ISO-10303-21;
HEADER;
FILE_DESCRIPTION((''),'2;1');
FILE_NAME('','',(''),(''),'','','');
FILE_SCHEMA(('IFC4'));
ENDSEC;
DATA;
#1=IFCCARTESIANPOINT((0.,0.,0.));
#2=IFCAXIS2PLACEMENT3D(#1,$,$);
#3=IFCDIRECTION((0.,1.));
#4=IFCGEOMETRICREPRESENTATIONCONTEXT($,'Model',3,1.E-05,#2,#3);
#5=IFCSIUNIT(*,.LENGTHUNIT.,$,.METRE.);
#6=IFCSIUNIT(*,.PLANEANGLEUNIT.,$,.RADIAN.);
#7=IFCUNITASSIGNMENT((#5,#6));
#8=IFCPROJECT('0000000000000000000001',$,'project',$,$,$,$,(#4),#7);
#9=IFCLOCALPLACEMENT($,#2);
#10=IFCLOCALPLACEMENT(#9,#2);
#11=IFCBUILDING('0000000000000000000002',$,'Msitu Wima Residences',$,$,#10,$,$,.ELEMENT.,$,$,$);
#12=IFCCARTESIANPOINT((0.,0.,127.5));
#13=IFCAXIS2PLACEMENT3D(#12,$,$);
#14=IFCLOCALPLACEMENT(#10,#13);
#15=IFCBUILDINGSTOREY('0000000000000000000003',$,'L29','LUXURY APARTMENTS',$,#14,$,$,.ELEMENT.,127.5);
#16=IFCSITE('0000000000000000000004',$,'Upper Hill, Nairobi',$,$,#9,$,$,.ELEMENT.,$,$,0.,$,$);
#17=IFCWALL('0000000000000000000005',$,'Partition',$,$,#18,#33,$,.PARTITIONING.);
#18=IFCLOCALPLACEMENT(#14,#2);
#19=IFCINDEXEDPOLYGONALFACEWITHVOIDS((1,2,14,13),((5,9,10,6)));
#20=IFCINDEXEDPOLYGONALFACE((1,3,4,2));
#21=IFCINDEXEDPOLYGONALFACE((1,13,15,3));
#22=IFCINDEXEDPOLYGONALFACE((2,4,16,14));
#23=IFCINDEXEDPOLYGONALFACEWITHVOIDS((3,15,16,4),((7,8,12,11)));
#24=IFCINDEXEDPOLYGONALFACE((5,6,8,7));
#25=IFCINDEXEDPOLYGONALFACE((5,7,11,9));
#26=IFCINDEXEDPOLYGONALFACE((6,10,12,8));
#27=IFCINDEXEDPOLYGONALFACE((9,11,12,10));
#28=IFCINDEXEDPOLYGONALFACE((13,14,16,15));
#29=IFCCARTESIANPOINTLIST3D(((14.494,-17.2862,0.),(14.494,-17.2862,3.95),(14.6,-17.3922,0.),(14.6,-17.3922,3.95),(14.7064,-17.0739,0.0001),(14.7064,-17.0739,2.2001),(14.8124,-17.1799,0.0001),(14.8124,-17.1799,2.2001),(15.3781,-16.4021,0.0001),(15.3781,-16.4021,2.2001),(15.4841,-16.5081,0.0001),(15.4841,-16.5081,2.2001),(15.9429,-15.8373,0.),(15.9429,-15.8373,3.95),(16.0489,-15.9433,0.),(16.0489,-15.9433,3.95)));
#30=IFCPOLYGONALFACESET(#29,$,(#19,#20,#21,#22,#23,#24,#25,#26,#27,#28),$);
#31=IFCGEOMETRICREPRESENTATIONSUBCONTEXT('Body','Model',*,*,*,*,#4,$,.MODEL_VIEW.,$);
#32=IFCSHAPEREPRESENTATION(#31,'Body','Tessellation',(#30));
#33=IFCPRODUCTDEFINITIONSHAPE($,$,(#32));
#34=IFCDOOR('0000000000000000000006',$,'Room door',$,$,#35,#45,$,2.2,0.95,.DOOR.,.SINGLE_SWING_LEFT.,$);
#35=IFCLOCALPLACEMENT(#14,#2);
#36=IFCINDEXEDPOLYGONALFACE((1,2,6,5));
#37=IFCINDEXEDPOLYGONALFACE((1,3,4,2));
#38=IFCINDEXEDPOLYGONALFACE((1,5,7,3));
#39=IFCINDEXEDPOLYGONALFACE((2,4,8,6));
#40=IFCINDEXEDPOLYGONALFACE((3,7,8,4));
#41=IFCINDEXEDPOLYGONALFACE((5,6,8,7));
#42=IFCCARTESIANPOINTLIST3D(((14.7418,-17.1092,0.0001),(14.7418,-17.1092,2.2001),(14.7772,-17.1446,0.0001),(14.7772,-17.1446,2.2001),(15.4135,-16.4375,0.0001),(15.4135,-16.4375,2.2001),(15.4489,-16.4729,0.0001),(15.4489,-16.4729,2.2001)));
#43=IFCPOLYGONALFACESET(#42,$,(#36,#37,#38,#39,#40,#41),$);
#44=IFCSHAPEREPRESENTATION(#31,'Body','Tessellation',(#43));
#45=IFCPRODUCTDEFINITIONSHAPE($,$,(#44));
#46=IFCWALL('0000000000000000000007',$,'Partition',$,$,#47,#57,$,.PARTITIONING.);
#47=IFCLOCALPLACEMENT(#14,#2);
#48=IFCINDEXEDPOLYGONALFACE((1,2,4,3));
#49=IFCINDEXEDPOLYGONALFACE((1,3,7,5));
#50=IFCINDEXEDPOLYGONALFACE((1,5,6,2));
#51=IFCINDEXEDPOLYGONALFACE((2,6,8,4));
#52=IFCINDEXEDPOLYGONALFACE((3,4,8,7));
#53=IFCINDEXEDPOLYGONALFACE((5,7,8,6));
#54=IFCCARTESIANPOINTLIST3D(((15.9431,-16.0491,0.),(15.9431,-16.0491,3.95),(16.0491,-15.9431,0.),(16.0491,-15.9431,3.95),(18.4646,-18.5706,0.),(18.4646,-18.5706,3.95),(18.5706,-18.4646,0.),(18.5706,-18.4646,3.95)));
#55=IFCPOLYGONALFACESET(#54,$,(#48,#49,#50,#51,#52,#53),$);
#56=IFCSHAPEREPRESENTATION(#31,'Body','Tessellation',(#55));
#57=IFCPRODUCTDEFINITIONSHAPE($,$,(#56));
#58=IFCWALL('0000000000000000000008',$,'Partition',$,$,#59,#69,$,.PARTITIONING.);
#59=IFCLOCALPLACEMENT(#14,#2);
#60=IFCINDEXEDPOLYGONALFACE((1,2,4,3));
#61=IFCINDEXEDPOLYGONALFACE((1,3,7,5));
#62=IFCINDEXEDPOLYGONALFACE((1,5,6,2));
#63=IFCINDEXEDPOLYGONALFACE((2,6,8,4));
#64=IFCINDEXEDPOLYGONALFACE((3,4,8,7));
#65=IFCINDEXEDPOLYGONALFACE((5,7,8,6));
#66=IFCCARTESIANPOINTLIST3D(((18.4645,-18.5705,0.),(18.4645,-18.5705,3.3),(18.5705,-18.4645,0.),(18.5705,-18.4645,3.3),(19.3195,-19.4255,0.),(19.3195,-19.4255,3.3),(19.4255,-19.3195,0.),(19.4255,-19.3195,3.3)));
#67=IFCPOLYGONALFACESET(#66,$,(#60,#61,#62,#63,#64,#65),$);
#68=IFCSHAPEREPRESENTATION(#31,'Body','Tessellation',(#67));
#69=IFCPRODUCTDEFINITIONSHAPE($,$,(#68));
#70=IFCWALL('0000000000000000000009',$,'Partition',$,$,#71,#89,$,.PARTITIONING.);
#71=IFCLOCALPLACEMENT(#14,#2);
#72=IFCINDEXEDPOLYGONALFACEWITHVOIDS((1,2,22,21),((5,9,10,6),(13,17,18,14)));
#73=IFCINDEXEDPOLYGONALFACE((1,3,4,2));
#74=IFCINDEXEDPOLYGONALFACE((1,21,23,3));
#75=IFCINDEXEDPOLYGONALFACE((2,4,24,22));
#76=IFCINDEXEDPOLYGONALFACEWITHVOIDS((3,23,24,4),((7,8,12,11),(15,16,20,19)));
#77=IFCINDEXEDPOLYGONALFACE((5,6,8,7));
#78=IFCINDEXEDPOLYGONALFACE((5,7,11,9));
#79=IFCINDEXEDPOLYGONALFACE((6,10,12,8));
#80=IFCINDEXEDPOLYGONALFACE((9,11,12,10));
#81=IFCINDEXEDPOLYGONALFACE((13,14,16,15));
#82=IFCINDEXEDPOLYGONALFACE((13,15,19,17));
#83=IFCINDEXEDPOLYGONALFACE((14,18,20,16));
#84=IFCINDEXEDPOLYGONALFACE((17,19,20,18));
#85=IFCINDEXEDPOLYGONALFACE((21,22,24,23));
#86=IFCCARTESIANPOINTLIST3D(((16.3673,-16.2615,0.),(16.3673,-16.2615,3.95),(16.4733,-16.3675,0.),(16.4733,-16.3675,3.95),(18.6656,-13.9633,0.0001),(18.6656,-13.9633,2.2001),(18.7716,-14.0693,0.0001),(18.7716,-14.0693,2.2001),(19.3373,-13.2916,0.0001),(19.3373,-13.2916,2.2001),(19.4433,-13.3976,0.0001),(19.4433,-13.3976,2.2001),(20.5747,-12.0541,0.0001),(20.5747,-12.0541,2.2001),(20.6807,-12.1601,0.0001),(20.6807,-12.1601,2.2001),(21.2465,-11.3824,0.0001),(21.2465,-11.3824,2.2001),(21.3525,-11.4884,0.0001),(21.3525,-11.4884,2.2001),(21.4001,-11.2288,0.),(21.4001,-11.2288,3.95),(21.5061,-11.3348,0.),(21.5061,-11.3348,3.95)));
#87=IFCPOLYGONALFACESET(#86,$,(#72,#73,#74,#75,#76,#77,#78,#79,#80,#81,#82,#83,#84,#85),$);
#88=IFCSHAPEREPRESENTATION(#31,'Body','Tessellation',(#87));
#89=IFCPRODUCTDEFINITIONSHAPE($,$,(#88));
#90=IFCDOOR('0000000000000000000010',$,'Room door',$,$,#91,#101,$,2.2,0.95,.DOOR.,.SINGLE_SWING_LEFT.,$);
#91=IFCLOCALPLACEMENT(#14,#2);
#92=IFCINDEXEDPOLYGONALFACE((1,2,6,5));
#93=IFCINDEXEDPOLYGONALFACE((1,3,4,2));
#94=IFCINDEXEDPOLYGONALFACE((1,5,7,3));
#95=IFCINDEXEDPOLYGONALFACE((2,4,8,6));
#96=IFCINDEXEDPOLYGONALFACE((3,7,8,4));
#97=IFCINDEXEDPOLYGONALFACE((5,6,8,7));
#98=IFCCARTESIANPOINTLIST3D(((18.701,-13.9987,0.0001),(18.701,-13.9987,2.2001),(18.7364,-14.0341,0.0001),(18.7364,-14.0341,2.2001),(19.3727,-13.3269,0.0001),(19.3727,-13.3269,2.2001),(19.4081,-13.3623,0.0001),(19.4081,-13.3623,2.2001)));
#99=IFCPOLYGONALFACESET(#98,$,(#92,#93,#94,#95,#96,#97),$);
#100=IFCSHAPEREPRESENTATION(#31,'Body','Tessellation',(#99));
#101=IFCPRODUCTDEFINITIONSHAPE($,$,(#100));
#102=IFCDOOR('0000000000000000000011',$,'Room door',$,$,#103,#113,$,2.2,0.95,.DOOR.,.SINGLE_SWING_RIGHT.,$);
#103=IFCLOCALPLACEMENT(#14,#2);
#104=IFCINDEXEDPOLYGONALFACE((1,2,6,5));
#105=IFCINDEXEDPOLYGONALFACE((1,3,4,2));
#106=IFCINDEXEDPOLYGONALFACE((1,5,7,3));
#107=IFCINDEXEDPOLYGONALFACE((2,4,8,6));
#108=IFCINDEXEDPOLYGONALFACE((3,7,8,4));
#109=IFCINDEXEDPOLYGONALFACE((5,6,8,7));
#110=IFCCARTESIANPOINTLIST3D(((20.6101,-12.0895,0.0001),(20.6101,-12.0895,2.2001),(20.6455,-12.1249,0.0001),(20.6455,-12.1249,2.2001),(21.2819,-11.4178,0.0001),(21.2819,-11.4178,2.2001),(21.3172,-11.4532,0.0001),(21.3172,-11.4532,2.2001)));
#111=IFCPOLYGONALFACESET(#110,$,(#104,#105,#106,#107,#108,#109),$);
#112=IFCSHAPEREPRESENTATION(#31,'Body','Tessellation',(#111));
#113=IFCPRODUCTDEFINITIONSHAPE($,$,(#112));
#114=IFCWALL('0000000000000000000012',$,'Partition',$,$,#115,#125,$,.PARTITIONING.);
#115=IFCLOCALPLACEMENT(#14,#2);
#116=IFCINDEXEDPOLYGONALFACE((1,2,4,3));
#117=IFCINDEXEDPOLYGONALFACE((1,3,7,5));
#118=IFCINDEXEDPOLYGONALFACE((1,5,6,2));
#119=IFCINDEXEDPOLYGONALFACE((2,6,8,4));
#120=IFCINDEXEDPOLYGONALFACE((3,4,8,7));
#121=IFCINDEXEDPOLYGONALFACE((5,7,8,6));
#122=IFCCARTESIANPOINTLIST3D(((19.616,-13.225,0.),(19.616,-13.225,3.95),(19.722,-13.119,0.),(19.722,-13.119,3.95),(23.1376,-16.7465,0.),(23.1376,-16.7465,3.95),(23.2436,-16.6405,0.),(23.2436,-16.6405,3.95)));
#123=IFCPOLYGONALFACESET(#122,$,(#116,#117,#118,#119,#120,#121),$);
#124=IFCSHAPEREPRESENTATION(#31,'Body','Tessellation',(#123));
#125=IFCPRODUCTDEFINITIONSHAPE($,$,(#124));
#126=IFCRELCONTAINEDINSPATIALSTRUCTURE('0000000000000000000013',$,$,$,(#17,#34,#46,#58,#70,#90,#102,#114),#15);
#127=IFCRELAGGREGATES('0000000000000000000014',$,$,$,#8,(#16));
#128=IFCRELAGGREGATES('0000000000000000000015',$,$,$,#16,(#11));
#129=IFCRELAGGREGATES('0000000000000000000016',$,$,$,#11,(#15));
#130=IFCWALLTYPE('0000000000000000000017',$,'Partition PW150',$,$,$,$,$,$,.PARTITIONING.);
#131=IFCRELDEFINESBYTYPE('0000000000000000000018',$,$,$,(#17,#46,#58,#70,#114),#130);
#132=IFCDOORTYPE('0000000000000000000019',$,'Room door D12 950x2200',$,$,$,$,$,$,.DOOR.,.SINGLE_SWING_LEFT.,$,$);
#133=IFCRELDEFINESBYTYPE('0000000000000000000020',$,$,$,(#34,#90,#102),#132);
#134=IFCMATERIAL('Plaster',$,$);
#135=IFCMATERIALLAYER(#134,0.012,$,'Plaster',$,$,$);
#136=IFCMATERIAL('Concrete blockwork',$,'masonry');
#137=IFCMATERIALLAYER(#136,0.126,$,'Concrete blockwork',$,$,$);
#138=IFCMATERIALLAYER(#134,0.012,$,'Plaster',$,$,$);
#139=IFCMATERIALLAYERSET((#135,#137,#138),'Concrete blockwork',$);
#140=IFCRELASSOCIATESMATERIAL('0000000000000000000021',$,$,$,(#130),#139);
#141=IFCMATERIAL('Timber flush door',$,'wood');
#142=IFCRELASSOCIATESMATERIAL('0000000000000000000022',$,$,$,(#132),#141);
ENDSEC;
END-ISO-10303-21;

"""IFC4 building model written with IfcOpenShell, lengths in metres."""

from ifc_helpers import new_model, si_unit, direction, frame, frame_2d, origin, place, context, subcontext, project, spatial, rectangle, extrude, material, layer, layer_set, type_object, element, fill, save


model = new_model("IFC4")

# Units and contexts
model_context = context("Model", 3, precision=1e-05, world=origin(), true_north=direction((0.0, 1.0)))
body_context = subcontext(model_context, "Body", "Model", "MODEL_VIEW")
ifc_project = project(units=[si_unit("LENGTHUNIT", "METRE"), si_unit("PLANEANGLEUNIT", "RADIAN")], contexts=[model_context])

# Site, building, storey
site_placement = place(None, origin())
site = spatial("IfcSite", under=ifc_project, at=site_placement, Name="Upper Hill, Nairobi", CompositionType="ELEMENT", RefElevation=0.0)
building_placement = place(site_placement, origin())
building = spatial("IfcBuilding", under=site, at=building_placement, Name="Msitu Wima Residences", CompositionType="ELEMENT")
storey_placement = place(building_placement, frame((0.0, 0.0, 127.5)))
storey = spatial("IfcBuildingStorey", under=building, at=storey_placement, Name="L29", Description="LUXURY APARTMENTS", CompositionType="ELEMENT", Elevation=127.5)

# Wall, opening, door
ifc_material_1 = material(Name="Plaster")
ifc_material_2 = material(Name="Concrete blockwork", Category="masonry")
ifc_layer_1 = layer(ifc_material_1, 0.012, Name="Plaster")
ifc_layer_2 = layer(ifc_material_2, 0.126, Name="Concrete blockwork")
ifc_layer_3 = layer(ifc_material_1, 0.012, Name="Plaster")
ifc_layer_set_1 = layer_set([ifc_layer_1, ifc_layer_2, ifc_layer_3], Name="Concrete blockwork")
wall_type_1 = type_object("IfcWallType", Name="Partition PW150", PredefinedType="PARTITIONING", material=ifc_layer_set_1)
wall_1_placement = place(storey_placement, frame((14.5471, -17.3391, 0.0), z_axis=(0.0, 0.0, 1.0), x_axis=(0.707107, 0.707107, 0.0)))
wall_1 = element("IfcWall", 1, at=wall_1_placement, inside=storey, type_object=wall_type_1, Name="Partition", PredefinedType="PARTITIONING", context=body_context, shape_type="SweptSolid", body=[
    extrude(rectangle(XDim=2.0491, YDim=0.1499, at=frame_2d((1.0244, 0.0))), origin(), (0.0, 0.0, 1.0), 3.95),
])
opening_1_placement = place(wall_1_placement, frame((0.3, 0.0, 0.0)))
opening_1 = element("IfcOpeningElement", 2, at=opening_1_placement, cuts=wall_1, PredefinedType="OPENING", context=body_context, shape_type="SweptSolid", body=[
    extrude(rectangle(XDim=0.95, YDim=2.2, at=frame_2d((0.4751, 1.1001))), frame((0.0, 0.085, 0.0), z_axis=(0.0, -1.0, 0.0), x_axis=(1.0, 0.0, 0.0)), (0.0, 0.0, 1.0), 0.1699),
])
ifc_material_3 = material(Name="Timber flush door", Category="wood")
door_type_1 = type_object("IfcDoorType", Name="Room door D12 950x2200", OperationType="SINGLE_SWING_LEFT", PredefinedType="DOOR", material=ifc_material_3)
door_1_placement = place(opening_1_placement, origin())
door_1 = element("IfcDoor", 3, at=door_1_placement, inside=storey, type_object=door_type_1, Name="Room door", OperationType="SINGLE_SWING_LEFT", OverallHeight=2.2, OverallWidth=0.95, PredefinedType="DOOR", context=body_context, shape_type="SweptSolid", body=[
    extrude(rectangle(XDim=0.95, YDim=2.2, at=frame_2d((0.4751, 1.1001))), frame((0.0, 0.0249, 0.0), z_axis=(0.0, -1.0, 0.0), x_axis=(1.0, 0.0, 0.0)), (0.0, 0.0, 1.0), 0.05),
])
fill(opening_1, door_1)

# Walls
wall_2_placement = place(storey_placement, frame((15.9961, -15.9961, 0.0), z_axis=(0.0, 0.0, 1.0), x_axis=(0.707107, -0.707107, 0.0)))
element("IfcWall", 4, at=wall_2_placement, inside=storey, type_object=wall_type_1, Name="Partition", PredefinedType="PARTITIONING", context=body_context, shape_type="SweptSolid", body=[
    extrude(rectangle(XDim=3.5659, YDim=0.1499, at=frame_2d((1.783, 0.0))), origin(), (0.0, 0.0, 1.0), 3.95),
])
wall_3_placement = place(storey_placement, frame((18.5176, -18.5176, 0.0), z_axis=(0.0, 0.0, 1.0), x_axis=(0.707107, -0.707107, 0.0)))
element("IfcWall", 5, at=wall_3_placement, inside=storey, type_object=wall_type_1, Name="Partition", PredefinedType="PARTITIONING", context=body_context, shape_type="SweptSolid", body=[
    extrude(rectangle(XDim=1.2092, YDim=0.1499, at=frame_2d((0.6045, 0.0))), origin(), (0.0, 0.0, 1.0), 3.3),
])

# Wall, openings, doors
wall_4_placement = place(storey_placement, frame((16.4204, -16.3145, 0.0), z_axis=(0.0, 0.0, 1.0), x_axis=(0.707107, 0.707107, 0.0)))
wall_4 = element("IfcWall", 6, at=wall_4_placement, inside=storey, type_object=wall_type_1, Name="Partition", PredefinedType="PARTITIONING", context=body_context, shape_type="SweptSolid", body=[
    extrude(rectangle(XDim=7.1174, YDim=0.1499, at=frame_2d((3.5586, 0.0))), origin(), (0.0, 0.0, 1.0), 3.95),
])
opening_2_placement = place(wall_4_placement, frame((3.25, 0.0, 0.0)))
opening_2 = element("IfcOpeningElement", 7, at=opening_2_placement, cuts=wall_4, PredefinedType="OPENING", context=body_context, shape_type="SweptSolid", body=[
    extrude(rectangle(XDim=0.95, YDim=2.2, at=frame_2d((0.4751, 1.1001))), frame((0.0, 0.085, 0.0), z_axis=(0.0, -1.0, 0.0), x_axis=(1.0, 0.0, 0.0)), (0.0, 0.0, 1.0), 0.1699),
])
opening_3_placement = place(wall_4_placement, frame((5.95, 0.0, 0.0)))
opening_3 = element("IfcOpeningElement", 8, at=opening_3_placement, cuts=wall_4, PredefinedType="OPENING", context=body_context, shape_type="SweptSolid", body=[
    extrude(rectangle(XDim=0.95, YDim=2.2, at=frame_2d((0.4751, 1.1001))), frame((0.0, 0.085, 0.0), z_axis=(0.0, -1.0, 0.0), x_axis=(1.0, 0.0, 0.0)), (0.0, 0.0, 1.0), 0.1699),
])
door_2_placement = place(opening_2_placement, origin())
door_2 = element("IfcDoor", 9, at=door_2_placement, inside=storey, type_object=door_type_1, Name="Room door", OperationType="SINGLE_SWING_LEFT", OverallHeight=2.2, OverallWidth=0.95, PredefinedType="DOOR", context=body_context, shape_type="SweptSolid", body=[
    extrude(rectangle(XDim=0.95, YDim=2.2, at=frame_2d((0.4751, 1.1001))), frame((0.0, 0.0249, 0.0), z_axis=(0.0, -1.0, 0.0), x_axis=(1.0, 0.0, 0.0)), (0.0, 0.0, 1.0), 0.05),
])
fill(opening_2, door_2)
door_3_placement = place(opening_3_placement, origin())
door_3 = element("IfcDoor", 10, at=door_3_placement, inside=storey, type_object=door_type_1, Name="Room door", OperationType="SINGLE_SWING_RIGHT", OverallHeight=2.2, OverallWidth=0.95, PredefinedType="DOOR", context=body_context, shape_type="SweptSolid", body=[
    extrude(rectangle(XDim=0.95, YDim=2.2, at=frame_2d((0.4751, 1.1001))), frame((0.0, 0.0249, 0.0), z_axis=(0.0, -1.0, 0.0), x_axis=(1.0, 0.0, 0.0)), (0.0, 0.0, 1.0), 0.05),
])
fill(opening_3, door_3)

# Wall
wall_5_placement = place(storey_placement, frame((19.6689, -13.1719, 0.0), z_axis=(0.0, 0.0, 1.0), x_axis=(0.707107, -0.707107, 0.0)))
element("IfcWall", 11, at=wall_5_placement, inside=storey, type_object=wall_type_1, Name="Partition", PredefinedType="PARTITIONING", context=body_context, shape_type="SweptSolid", body=[
    extrude(rectangle(XDim=4.9802, YDim=0.1499, at=frame_2d((2.4902, 0.0))), origin(), (0.0, 0.0, 1.0), 3.95),
])

save(model, "model.ifc")
